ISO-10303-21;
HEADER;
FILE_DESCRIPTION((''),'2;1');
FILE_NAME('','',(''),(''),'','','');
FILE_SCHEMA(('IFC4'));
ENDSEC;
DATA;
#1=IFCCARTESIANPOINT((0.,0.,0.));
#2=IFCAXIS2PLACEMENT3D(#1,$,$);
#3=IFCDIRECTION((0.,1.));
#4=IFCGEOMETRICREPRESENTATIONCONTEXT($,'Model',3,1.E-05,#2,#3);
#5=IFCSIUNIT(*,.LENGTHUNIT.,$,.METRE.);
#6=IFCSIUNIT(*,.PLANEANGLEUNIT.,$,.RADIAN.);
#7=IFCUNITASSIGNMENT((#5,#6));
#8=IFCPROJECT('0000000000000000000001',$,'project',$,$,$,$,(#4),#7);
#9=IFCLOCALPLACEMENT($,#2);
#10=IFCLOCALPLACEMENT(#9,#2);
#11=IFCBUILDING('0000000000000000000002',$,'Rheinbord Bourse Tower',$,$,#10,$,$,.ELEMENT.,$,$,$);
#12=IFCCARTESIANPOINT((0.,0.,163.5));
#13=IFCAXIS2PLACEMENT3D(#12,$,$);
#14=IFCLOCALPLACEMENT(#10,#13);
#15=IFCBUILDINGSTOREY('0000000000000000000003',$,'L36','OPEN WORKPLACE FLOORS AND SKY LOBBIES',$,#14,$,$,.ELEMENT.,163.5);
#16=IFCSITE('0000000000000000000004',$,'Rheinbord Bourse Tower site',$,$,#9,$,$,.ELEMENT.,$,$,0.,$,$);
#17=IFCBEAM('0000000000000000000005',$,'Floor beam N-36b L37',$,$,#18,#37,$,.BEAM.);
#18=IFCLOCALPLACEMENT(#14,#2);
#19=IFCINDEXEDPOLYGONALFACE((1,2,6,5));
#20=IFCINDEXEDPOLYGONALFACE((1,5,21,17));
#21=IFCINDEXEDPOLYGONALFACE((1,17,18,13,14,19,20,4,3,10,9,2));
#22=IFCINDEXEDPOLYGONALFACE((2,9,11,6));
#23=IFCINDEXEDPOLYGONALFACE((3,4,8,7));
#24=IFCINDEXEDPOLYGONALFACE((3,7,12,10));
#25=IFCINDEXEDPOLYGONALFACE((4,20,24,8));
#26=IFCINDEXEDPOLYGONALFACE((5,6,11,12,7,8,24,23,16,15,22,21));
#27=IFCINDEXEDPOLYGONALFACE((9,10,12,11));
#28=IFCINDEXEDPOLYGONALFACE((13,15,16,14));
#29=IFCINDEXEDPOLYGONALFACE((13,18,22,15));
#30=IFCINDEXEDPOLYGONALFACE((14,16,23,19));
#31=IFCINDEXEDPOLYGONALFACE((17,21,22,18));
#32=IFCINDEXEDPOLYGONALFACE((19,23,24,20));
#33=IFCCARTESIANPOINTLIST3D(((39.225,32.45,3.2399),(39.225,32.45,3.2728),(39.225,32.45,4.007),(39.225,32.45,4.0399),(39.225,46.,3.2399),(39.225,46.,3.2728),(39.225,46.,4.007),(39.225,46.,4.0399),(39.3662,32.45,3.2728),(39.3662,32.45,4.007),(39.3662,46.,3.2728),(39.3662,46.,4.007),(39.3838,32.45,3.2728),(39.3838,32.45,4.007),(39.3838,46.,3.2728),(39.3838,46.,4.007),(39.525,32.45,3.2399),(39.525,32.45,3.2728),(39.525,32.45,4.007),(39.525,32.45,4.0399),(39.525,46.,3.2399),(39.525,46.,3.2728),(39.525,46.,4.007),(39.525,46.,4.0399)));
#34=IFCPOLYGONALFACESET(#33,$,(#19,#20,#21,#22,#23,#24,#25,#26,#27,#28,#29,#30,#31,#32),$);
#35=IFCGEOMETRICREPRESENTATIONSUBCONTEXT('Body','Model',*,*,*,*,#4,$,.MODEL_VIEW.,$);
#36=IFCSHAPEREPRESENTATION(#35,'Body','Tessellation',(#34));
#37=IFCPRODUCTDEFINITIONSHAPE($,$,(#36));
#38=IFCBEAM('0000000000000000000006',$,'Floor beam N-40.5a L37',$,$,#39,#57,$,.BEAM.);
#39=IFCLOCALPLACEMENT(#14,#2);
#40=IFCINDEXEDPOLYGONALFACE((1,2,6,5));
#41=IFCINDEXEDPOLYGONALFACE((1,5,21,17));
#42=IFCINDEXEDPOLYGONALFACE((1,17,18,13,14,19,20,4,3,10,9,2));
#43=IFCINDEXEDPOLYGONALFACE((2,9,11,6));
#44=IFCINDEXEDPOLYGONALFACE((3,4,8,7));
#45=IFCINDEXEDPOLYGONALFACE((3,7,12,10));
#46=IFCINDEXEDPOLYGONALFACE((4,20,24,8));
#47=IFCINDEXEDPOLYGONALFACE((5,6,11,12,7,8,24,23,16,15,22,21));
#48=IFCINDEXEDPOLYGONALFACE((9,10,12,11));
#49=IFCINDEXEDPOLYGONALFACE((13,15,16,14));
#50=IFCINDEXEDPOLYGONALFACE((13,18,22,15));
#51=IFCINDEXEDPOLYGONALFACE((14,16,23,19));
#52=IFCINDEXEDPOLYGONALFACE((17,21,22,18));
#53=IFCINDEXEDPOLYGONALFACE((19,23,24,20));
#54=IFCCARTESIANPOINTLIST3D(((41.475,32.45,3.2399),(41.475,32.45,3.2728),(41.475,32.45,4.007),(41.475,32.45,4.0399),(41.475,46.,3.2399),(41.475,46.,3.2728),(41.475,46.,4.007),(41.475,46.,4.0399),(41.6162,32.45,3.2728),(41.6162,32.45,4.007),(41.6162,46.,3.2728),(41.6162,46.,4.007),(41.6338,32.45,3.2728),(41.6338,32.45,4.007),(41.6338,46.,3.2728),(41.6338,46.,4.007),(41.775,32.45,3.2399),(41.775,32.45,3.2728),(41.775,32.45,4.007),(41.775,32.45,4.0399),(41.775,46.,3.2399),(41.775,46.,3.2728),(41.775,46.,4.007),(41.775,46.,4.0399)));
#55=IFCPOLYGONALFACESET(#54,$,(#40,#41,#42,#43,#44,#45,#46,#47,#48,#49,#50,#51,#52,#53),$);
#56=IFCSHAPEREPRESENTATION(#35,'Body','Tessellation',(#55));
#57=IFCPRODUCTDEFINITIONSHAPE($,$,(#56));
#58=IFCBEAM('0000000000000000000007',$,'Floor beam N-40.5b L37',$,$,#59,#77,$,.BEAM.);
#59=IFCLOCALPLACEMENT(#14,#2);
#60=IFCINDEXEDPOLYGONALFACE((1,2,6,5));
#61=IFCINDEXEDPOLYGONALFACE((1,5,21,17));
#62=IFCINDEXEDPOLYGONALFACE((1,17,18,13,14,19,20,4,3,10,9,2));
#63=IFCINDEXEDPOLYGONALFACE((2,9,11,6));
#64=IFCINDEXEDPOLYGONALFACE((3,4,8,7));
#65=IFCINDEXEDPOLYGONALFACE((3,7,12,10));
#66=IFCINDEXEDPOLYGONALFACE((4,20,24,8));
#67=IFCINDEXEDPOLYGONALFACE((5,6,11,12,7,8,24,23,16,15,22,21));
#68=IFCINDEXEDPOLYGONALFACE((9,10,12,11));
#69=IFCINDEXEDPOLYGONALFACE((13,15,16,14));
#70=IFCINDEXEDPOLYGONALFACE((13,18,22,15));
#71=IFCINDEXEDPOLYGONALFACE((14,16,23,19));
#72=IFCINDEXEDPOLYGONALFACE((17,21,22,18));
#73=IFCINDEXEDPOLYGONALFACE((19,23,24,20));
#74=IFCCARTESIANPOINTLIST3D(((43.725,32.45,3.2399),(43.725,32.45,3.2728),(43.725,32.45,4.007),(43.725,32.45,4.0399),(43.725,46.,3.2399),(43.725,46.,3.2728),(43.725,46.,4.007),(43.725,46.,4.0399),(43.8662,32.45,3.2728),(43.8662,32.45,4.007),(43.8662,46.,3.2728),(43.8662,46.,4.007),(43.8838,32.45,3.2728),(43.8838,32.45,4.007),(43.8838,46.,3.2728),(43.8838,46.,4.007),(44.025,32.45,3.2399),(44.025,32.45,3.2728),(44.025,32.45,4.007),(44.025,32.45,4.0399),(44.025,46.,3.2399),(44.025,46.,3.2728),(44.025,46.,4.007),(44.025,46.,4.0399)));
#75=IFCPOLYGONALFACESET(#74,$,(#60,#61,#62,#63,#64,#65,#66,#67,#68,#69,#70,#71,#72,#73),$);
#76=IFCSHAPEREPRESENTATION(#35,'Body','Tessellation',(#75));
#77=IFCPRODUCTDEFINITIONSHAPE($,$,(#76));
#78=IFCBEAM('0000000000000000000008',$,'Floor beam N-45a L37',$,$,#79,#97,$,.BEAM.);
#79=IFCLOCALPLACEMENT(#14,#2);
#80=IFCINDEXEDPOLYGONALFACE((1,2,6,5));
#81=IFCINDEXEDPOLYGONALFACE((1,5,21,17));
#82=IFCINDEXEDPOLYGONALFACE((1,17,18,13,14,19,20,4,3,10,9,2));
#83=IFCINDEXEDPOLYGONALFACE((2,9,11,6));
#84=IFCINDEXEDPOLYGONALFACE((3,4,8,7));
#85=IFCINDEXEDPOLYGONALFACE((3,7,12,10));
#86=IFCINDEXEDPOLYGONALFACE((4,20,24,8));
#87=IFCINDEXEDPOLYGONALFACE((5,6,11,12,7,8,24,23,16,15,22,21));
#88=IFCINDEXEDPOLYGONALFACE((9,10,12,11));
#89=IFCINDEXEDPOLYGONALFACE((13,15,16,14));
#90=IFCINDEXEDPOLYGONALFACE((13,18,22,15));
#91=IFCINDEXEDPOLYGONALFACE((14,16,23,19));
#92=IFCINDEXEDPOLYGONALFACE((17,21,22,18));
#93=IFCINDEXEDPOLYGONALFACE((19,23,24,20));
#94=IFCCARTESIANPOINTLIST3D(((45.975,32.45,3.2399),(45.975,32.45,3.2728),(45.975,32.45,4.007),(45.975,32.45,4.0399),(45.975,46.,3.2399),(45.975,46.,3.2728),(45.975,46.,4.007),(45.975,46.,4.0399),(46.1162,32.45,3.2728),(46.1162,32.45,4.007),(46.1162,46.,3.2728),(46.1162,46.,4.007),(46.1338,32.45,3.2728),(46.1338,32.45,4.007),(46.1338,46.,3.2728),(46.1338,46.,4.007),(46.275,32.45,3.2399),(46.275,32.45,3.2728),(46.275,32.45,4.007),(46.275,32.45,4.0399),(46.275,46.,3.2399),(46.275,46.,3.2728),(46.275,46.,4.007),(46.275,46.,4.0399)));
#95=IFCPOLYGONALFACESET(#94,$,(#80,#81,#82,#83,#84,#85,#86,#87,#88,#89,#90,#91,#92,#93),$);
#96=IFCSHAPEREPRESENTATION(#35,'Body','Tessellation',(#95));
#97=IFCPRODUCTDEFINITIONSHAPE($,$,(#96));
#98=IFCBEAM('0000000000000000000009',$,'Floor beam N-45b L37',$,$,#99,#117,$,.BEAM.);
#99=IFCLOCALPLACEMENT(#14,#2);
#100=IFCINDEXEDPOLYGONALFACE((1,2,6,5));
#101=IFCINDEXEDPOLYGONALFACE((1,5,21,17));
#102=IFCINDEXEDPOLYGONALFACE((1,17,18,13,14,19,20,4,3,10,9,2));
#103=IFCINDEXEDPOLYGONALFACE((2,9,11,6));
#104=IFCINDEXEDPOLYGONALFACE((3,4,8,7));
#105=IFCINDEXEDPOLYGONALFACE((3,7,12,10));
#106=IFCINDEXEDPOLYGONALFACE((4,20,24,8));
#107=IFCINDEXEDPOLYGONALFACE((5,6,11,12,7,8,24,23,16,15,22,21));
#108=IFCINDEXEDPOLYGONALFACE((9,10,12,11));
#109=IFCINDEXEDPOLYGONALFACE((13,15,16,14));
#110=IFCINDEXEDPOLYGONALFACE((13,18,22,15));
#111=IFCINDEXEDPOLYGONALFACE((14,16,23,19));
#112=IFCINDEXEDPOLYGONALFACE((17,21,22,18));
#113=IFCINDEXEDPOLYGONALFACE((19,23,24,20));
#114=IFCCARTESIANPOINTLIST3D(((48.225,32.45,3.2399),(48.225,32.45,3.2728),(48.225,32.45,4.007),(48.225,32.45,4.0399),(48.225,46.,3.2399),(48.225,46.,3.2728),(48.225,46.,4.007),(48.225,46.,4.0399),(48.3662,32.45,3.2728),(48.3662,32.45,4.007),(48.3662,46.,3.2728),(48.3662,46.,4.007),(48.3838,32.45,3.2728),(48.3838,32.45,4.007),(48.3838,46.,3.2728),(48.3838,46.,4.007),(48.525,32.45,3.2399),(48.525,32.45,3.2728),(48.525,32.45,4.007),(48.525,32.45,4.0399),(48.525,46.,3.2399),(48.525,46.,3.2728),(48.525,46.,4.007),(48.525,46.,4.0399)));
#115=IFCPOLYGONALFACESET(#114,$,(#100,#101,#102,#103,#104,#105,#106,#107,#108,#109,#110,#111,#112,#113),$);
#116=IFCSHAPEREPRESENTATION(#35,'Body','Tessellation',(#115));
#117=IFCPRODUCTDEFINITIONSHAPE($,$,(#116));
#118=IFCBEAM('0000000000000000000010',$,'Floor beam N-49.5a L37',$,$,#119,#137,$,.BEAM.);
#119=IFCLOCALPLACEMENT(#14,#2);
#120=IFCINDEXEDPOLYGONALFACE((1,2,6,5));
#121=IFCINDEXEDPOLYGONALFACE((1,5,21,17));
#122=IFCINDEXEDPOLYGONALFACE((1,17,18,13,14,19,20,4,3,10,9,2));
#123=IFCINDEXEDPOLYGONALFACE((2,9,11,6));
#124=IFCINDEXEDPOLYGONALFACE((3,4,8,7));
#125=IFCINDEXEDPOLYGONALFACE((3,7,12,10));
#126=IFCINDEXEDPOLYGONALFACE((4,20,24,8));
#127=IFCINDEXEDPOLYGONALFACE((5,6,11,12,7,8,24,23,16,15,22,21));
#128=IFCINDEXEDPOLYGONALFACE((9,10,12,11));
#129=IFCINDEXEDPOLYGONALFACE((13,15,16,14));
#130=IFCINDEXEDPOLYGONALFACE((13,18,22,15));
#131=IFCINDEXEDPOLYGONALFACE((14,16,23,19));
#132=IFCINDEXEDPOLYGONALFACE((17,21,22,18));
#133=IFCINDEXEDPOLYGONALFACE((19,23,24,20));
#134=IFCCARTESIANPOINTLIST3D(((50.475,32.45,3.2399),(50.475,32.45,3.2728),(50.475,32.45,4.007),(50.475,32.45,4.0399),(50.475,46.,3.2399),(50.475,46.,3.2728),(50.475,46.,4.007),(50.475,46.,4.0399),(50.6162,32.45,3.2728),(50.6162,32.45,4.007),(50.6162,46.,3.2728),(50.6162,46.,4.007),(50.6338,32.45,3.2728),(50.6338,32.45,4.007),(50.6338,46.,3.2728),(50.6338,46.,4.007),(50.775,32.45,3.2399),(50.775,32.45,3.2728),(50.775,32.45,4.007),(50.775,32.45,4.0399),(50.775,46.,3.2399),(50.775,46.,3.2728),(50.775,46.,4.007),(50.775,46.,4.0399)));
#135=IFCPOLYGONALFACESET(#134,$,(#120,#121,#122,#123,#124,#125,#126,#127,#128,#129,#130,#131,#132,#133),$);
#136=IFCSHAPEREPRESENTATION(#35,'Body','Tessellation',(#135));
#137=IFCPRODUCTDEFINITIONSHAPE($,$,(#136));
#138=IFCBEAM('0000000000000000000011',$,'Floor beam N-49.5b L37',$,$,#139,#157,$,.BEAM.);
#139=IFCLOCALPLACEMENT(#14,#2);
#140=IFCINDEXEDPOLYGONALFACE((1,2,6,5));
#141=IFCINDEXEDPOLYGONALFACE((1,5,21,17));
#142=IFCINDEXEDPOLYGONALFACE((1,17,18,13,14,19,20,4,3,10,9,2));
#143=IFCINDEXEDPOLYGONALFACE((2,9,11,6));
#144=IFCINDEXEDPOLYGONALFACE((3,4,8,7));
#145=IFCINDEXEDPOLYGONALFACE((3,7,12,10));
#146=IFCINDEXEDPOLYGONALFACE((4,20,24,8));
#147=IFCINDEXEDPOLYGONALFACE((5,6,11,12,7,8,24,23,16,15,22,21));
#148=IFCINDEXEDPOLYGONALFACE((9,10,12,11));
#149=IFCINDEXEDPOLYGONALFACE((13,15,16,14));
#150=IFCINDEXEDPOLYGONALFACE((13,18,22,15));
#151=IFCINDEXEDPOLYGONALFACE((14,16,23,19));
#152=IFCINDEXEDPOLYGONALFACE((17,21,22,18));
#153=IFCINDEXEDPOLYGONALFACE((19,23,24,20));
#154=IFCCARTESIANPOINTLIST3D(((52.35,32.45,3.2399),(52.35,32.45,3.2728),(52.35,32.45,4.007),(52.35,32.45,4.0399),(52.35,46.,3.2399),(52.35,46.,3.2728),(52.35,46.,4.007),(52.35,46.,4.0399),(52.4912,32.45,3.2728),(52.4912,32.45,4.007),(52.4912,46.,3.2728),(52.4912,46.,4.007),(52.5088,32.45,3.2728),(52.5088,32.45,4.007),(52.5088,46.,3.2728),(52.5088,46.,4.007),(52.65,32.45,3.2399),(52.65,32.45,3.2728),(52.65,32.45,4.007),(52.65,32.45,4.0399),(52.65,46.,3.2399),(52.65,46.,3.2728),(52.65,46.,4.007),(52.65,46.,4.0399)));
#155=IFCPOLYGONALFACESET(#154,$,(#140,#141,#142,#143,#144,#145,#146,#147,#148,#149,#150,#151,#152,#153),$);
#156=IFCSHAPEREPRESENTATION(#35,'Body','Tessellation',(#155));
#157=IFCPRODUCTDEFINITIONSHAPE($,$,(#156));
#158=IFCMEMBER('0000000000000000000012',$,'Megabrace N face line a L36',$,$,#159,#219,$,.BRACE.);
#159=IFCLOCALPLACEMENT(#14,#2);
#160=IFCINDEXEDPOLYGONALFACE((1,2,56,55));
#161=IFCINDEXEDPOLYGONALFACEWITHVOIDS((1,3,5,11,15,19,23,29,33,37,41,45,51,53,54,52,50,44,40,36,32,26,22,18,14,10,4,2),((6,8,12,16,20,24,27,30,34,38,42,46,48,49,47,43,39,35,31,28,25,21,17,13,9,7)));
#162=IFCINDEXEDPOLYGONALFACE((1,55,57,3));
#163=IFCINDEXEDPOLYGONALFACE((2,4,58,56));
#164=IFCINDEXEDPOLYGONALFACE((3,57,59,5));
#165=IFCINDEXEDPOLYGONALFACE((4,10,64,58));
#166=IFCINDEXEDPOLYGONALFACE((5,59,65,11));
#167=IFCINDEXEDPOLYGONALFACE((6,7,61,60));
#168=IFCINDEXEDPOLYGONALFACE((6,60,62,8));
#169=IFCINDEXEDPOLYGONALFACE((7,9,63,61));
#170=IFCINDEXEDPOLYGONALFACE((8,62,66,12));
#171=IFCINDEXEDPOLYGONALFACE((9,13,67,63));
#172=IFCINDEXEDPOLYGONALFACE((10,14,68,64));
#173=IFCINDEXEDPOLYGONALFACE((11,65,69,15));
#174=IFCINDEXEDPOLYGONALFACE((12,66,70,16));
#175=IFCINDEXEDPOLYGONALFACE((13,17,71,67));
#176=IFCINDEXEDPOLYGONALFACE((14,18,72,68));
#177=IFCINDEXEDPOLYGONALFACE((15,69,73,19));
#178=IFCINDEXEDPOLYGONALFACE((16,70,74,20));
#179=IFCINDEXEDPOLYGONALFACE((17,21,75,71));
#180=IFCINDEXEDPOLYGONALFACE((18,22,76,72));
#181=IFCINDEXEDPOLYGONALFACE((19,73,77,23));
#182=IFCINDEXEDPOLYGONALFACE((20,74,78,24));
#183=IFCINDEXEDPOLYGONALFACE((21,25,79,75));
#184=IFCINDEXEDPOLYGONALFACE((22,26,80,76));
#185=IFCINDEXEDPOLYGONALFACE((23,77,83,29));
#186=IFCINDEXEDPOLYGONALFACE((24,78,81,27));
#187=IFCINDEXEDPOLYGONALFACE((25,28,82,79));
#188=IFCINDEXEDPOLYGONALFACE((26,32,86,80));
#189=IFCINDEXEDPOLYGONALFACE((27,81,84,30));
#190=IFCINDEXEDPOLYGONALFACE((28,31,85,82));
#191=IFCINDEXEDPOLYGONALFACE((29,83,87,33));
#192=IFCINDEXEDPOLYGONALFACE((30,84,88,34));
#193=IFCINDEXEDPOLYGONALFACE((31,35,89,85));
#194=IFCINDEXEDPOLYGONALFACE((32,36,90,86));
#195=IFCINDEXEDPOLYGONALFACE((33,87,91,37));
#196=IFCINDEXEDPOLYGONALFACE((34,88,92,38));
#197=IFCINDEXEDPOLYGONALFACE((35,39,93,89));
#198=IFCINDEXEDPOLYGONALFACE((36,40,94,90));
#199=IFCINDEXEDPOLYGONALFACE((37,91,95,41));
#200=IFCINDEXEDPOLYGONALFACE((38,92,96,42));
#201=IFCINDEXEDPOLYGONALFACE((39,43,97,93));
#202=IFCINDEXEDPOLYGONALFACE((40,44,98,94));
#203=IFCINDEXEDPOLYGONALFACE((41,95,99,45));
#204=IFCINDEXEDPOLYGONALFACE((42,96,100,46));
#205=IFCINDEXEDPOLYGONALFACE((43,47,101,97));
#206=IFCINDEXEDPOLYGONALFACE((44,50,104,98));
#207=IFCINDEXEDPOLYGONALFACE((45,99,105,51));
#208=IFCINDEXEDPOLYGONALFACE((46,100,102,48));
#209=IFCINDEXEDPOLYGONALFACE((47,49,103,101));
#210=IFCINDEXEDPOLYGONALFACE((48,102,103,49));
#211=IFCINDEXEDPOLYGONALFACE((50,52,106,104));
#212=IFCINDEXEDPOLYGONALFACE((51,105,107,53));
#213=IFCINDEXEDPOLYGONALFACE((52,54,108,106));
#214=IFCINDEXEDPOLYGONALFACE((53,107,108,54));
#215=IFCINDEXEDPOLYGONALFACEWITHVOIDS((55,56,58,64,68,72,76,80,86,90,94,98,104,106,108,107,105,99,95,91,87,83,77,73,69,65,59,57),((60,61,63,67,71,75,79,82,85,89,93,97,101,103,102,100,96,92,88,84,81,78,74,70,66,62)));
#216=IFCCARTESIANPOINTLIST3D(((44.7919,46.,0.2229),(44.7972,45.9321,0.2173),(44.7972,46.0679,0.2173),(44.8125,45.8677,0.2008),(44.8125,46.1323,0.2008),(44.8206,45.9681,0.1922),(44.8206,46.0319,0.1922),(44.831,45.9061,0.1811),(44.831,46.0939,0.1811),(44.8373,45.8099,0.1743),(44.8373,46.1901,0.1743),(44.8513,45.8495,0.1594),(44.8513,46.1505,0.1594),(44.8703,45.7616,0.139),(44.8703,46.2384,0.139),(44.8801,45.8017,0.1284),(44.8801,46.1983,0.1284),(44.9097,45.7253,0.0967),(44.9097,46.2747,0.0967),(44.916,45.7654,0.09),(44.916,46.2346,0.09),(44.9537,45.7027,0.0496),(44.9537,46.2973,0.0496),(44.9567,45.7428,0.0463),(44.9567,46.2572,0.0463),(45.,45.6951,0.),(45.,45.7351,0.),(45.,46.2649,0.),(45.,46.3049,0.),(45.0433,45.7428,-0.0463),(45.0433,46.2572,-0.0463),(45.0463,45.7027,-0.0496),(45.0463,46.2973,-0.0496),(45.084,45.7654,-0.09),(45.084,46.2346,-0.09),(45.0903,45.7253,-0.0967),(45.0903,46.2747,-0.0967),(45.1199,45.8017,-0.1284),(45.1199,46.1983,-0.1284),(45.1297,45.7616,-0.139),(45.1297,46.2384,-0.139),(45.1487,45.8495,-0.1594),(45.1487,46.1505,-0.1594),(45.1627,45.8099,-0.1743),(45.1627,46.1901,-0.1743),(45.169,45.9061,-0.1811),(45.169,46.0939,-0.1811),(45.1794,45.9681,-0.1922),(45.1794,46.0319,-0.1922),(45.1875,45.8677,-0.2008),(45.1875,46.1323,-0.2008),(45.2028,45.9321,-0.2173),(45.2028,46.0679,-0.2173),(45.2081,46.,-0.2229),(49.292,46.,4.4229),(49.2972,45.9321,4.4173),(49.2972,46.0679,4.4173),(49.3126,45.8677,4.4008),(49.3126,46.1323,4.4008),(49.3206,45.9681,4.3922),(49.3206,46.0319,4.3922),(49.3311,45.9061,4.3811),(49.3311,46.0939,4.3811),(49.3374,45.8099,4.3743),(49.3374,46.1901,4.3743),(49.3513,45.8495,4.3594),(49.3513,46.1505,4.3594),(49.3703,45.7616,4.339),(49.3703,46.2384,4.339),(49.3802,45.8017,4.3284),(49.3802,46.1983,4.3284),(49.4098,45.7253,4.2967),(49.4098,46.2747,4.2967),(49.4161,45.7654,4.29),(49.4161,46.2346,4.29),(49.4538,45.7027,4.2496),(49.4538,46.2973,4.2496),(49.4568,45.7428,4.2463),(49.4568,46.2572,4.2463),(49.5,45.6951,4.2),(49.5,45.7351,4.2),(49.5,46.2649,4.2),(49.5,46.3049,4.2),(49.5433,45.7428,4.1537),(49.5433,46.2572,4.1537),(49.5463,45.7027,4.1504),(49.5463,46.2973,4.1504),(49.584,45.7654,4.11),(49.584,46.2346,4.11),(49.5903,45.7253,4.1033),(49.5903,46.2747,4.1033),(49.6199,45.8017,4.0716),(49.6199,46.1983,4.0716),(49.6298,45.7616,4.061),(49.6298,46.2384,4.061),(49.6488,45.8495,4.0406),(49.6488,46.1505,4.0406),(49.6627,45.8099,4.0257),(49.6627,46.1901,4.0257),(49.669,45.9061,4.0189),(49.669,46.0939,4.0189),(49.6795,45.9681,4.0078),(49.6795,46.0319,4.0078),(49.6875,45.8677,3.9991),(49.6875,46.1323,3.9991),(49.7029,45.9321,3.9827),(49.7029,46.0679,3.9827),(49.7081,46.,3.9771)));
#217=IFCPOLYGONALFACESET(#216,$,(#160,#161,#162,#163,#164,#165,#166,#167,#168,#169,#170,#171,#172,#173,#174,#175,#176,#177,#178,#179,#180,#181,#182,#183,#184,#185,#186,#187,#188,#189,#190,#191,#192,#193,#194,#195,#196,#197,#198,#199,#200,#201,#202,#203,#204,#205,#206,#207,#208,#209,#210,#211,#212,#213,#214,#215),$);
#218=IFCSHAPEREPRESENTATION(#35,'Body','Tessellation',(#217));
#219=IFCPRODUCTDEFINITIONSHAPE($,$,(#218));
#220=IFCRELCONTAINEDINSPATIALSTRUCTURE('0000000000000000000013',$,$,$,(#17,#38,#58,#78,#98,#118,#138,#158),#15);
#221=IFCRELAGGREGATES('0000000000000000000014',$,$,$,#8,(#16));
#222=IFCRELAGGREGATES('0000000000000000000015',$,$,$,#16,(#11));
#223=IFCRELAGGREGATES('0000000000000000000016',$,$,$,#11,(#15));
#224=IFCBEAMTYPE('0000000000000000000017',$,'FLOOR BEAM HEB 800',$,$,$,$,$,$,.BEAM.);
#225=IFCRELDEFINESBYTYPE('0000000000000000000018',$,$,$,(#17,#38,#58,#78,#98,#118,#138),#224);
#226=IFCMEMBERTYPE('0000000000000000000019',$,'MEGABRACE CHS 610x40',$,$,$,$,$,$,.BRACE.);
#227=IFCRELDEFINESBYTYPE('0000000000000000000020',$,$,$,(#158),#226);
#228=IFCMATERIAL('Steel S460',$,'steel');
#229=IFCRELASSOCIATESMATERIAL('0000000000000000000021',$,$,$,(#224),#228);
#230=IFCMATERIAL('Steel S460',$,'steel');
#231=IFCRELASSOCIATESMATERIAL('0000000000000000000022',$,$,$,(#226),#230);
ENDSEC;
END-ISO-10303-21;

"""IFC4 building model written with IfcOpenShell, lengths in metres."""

from ifc_helpers import new_model, si_unit, direction, frame, origin, origin_2d, place, context, subcontext, project, spatial, hollow_circle, i_section, extrude, material, material_profile, profile_set, type_object, element, save


model = new_model("IFC4")

# Units and contexts
model_context = context("Model", 3, precision=1e-05, world=origin(), true_north=direction((0.0, 1.0)))
body_context = subcontext(model_context, "Body", "Model", "MODEL_VIEW")
ifc_project = project(units=[si_unit("LENGTHUNIT", "METRE"), si_unit("PLANEANGLEUNIT", "RADIAN")], contexts=[model_context])

# Site, building, storey
site_placement = place(None, origin())
site = spatial("IfcSite", under=ifc_project, at=site_placement, Name="Rheinbord Bourse Tower site", CompositionType="ELEMENT", RefElevation=0.0)
building_placement = place(site_placement, origin())
building = spatial("IfcBuilding", under=site, at=building_placement, Name="Rheinbord Bourse Tower", CompositionType="ELEMENT")
storey_placement = place(building_placement, frame((0.0, 0.0, 163.5)))
storey = spatial("IfcBuildingStorey", under=building, at=storey_placement, Name="L36", Description="OPEN WORKPLACE FLOORS AND SKY LOBBIES", CompositionType="ELEMENT", Elevation=163.5)

# Beams
ifc_material_1 = material(Name="Steel S460", Category="steel")
ifc_material_profile_1 = material_profile(ifc_material_1, i_section(OverallWidth=0.3, OverallDepth=0.8, WebThickness=0.0176, FlangeThickness=0.033, at=origin_2d()), Name="HEB 800")
ifc_profile_set_1 = profile_set([ifc_material_profile_1], Name="Steel S460")
beam_type_1 = type_object("IfcBeamType", Name="FLOOR BEAM HEB 800", PredefinedType="BEAM", material=ifc_profile_set_1)
for number, where, z_axis, x_axis, name in (
    (1, (39.375, 46.0, 3.6399), (0.0, -1.0, 0.0), (1.0, 0.0, 0.0), "Floor beam N-36b L37"),
    (2, (41.625, 46.0, 3.6399), (0.0, -1.0, 0.0), (1.0, 0.0, 0.0), "Floor beam N-40.5a L37"),
    (3, (43.875, 46.0, 3.6399), (0.0, -1.0, 0.0), (1.0, 0.0, 0.0), "Floor beam N-40.5b L37"),
    (4, (46.125, 46.0, 3.6399), (0.0, -1.0, 0.0), (1.0, 0.0, 0.0), "Floor beam N-45a L37"),
    (5, (48.375, 46.0, 3.6399), (0.0, -1.0, 0.0), (1.0, 0.0, 0.0), "Floor beam N-45b L37"),
    (6, (50.625, 46.0, 3.6399), (0.0, -1.0, 0.0), (1.0, 0.0, 0.0), "Floor beam N-49.5a L37"),
    (7, (52.5, 46.0, 3.6399), (0.0, -1.0, 0.0), (1.0, 0.0, 0.0), "Floor beam N-49.5b L37"),
):
    element("IfcBeam", number, at=place(storey_placement, frame(where, z_axis=z_axis, x_axis=x_axis)), inside=storey, type_object=beam_type_1, Name=name, PredefinedType="BEAM", context=body_context, shape_type="SweptSolid", body=[
        extrude(i_section(OverallWidth=0.3, OverallDepth=0.8, WebThickness=0.0176, FlangeThickness=0.033, at=origin_2d()), origin(), (0.0, 0.0, 1.0), 13.55),
    ])

# Member
ifc_material_2 = material(Name="Steel S460", Category="steel")
ifc_material_profile_2 = material_profile(ifc_material_2, hollow_circle(Radius=0.3049, WallThickness=0.04, at=origin_2d()), Name="CHS 610x40")
ifc_profile_set_2 = profile_set([ifc_material_profile_2], Name="Steel S460")
member_type_1 = type_object("IfcMemberType", Name="MEGABRACE CHS 610x40", PredefinedType="BRACE", material=ifc_profile_set_2)
member_1_placement = place(storey_placement, frame((45.0, 46.0, 0.0), z_axis=(0.731059, 0.0, 0.682314), x_axis=(0.0, 1.0, 0.0)))
element("IfcMember", 8, at=member_1_placement, inside=storey, type_object=member_type_1, Name="Megabrace N face line a L36", PredefinedType="BRACE", context=body_context, shape_type="SweptSolid", body=[
    extrude(hollow_circle(Radius=0.3049, WallThickness=0.04, at=origin_2d()), origin(), (0.0, 0.0, 1.0), 6.1555),
])

save(model, "model.ifc")
